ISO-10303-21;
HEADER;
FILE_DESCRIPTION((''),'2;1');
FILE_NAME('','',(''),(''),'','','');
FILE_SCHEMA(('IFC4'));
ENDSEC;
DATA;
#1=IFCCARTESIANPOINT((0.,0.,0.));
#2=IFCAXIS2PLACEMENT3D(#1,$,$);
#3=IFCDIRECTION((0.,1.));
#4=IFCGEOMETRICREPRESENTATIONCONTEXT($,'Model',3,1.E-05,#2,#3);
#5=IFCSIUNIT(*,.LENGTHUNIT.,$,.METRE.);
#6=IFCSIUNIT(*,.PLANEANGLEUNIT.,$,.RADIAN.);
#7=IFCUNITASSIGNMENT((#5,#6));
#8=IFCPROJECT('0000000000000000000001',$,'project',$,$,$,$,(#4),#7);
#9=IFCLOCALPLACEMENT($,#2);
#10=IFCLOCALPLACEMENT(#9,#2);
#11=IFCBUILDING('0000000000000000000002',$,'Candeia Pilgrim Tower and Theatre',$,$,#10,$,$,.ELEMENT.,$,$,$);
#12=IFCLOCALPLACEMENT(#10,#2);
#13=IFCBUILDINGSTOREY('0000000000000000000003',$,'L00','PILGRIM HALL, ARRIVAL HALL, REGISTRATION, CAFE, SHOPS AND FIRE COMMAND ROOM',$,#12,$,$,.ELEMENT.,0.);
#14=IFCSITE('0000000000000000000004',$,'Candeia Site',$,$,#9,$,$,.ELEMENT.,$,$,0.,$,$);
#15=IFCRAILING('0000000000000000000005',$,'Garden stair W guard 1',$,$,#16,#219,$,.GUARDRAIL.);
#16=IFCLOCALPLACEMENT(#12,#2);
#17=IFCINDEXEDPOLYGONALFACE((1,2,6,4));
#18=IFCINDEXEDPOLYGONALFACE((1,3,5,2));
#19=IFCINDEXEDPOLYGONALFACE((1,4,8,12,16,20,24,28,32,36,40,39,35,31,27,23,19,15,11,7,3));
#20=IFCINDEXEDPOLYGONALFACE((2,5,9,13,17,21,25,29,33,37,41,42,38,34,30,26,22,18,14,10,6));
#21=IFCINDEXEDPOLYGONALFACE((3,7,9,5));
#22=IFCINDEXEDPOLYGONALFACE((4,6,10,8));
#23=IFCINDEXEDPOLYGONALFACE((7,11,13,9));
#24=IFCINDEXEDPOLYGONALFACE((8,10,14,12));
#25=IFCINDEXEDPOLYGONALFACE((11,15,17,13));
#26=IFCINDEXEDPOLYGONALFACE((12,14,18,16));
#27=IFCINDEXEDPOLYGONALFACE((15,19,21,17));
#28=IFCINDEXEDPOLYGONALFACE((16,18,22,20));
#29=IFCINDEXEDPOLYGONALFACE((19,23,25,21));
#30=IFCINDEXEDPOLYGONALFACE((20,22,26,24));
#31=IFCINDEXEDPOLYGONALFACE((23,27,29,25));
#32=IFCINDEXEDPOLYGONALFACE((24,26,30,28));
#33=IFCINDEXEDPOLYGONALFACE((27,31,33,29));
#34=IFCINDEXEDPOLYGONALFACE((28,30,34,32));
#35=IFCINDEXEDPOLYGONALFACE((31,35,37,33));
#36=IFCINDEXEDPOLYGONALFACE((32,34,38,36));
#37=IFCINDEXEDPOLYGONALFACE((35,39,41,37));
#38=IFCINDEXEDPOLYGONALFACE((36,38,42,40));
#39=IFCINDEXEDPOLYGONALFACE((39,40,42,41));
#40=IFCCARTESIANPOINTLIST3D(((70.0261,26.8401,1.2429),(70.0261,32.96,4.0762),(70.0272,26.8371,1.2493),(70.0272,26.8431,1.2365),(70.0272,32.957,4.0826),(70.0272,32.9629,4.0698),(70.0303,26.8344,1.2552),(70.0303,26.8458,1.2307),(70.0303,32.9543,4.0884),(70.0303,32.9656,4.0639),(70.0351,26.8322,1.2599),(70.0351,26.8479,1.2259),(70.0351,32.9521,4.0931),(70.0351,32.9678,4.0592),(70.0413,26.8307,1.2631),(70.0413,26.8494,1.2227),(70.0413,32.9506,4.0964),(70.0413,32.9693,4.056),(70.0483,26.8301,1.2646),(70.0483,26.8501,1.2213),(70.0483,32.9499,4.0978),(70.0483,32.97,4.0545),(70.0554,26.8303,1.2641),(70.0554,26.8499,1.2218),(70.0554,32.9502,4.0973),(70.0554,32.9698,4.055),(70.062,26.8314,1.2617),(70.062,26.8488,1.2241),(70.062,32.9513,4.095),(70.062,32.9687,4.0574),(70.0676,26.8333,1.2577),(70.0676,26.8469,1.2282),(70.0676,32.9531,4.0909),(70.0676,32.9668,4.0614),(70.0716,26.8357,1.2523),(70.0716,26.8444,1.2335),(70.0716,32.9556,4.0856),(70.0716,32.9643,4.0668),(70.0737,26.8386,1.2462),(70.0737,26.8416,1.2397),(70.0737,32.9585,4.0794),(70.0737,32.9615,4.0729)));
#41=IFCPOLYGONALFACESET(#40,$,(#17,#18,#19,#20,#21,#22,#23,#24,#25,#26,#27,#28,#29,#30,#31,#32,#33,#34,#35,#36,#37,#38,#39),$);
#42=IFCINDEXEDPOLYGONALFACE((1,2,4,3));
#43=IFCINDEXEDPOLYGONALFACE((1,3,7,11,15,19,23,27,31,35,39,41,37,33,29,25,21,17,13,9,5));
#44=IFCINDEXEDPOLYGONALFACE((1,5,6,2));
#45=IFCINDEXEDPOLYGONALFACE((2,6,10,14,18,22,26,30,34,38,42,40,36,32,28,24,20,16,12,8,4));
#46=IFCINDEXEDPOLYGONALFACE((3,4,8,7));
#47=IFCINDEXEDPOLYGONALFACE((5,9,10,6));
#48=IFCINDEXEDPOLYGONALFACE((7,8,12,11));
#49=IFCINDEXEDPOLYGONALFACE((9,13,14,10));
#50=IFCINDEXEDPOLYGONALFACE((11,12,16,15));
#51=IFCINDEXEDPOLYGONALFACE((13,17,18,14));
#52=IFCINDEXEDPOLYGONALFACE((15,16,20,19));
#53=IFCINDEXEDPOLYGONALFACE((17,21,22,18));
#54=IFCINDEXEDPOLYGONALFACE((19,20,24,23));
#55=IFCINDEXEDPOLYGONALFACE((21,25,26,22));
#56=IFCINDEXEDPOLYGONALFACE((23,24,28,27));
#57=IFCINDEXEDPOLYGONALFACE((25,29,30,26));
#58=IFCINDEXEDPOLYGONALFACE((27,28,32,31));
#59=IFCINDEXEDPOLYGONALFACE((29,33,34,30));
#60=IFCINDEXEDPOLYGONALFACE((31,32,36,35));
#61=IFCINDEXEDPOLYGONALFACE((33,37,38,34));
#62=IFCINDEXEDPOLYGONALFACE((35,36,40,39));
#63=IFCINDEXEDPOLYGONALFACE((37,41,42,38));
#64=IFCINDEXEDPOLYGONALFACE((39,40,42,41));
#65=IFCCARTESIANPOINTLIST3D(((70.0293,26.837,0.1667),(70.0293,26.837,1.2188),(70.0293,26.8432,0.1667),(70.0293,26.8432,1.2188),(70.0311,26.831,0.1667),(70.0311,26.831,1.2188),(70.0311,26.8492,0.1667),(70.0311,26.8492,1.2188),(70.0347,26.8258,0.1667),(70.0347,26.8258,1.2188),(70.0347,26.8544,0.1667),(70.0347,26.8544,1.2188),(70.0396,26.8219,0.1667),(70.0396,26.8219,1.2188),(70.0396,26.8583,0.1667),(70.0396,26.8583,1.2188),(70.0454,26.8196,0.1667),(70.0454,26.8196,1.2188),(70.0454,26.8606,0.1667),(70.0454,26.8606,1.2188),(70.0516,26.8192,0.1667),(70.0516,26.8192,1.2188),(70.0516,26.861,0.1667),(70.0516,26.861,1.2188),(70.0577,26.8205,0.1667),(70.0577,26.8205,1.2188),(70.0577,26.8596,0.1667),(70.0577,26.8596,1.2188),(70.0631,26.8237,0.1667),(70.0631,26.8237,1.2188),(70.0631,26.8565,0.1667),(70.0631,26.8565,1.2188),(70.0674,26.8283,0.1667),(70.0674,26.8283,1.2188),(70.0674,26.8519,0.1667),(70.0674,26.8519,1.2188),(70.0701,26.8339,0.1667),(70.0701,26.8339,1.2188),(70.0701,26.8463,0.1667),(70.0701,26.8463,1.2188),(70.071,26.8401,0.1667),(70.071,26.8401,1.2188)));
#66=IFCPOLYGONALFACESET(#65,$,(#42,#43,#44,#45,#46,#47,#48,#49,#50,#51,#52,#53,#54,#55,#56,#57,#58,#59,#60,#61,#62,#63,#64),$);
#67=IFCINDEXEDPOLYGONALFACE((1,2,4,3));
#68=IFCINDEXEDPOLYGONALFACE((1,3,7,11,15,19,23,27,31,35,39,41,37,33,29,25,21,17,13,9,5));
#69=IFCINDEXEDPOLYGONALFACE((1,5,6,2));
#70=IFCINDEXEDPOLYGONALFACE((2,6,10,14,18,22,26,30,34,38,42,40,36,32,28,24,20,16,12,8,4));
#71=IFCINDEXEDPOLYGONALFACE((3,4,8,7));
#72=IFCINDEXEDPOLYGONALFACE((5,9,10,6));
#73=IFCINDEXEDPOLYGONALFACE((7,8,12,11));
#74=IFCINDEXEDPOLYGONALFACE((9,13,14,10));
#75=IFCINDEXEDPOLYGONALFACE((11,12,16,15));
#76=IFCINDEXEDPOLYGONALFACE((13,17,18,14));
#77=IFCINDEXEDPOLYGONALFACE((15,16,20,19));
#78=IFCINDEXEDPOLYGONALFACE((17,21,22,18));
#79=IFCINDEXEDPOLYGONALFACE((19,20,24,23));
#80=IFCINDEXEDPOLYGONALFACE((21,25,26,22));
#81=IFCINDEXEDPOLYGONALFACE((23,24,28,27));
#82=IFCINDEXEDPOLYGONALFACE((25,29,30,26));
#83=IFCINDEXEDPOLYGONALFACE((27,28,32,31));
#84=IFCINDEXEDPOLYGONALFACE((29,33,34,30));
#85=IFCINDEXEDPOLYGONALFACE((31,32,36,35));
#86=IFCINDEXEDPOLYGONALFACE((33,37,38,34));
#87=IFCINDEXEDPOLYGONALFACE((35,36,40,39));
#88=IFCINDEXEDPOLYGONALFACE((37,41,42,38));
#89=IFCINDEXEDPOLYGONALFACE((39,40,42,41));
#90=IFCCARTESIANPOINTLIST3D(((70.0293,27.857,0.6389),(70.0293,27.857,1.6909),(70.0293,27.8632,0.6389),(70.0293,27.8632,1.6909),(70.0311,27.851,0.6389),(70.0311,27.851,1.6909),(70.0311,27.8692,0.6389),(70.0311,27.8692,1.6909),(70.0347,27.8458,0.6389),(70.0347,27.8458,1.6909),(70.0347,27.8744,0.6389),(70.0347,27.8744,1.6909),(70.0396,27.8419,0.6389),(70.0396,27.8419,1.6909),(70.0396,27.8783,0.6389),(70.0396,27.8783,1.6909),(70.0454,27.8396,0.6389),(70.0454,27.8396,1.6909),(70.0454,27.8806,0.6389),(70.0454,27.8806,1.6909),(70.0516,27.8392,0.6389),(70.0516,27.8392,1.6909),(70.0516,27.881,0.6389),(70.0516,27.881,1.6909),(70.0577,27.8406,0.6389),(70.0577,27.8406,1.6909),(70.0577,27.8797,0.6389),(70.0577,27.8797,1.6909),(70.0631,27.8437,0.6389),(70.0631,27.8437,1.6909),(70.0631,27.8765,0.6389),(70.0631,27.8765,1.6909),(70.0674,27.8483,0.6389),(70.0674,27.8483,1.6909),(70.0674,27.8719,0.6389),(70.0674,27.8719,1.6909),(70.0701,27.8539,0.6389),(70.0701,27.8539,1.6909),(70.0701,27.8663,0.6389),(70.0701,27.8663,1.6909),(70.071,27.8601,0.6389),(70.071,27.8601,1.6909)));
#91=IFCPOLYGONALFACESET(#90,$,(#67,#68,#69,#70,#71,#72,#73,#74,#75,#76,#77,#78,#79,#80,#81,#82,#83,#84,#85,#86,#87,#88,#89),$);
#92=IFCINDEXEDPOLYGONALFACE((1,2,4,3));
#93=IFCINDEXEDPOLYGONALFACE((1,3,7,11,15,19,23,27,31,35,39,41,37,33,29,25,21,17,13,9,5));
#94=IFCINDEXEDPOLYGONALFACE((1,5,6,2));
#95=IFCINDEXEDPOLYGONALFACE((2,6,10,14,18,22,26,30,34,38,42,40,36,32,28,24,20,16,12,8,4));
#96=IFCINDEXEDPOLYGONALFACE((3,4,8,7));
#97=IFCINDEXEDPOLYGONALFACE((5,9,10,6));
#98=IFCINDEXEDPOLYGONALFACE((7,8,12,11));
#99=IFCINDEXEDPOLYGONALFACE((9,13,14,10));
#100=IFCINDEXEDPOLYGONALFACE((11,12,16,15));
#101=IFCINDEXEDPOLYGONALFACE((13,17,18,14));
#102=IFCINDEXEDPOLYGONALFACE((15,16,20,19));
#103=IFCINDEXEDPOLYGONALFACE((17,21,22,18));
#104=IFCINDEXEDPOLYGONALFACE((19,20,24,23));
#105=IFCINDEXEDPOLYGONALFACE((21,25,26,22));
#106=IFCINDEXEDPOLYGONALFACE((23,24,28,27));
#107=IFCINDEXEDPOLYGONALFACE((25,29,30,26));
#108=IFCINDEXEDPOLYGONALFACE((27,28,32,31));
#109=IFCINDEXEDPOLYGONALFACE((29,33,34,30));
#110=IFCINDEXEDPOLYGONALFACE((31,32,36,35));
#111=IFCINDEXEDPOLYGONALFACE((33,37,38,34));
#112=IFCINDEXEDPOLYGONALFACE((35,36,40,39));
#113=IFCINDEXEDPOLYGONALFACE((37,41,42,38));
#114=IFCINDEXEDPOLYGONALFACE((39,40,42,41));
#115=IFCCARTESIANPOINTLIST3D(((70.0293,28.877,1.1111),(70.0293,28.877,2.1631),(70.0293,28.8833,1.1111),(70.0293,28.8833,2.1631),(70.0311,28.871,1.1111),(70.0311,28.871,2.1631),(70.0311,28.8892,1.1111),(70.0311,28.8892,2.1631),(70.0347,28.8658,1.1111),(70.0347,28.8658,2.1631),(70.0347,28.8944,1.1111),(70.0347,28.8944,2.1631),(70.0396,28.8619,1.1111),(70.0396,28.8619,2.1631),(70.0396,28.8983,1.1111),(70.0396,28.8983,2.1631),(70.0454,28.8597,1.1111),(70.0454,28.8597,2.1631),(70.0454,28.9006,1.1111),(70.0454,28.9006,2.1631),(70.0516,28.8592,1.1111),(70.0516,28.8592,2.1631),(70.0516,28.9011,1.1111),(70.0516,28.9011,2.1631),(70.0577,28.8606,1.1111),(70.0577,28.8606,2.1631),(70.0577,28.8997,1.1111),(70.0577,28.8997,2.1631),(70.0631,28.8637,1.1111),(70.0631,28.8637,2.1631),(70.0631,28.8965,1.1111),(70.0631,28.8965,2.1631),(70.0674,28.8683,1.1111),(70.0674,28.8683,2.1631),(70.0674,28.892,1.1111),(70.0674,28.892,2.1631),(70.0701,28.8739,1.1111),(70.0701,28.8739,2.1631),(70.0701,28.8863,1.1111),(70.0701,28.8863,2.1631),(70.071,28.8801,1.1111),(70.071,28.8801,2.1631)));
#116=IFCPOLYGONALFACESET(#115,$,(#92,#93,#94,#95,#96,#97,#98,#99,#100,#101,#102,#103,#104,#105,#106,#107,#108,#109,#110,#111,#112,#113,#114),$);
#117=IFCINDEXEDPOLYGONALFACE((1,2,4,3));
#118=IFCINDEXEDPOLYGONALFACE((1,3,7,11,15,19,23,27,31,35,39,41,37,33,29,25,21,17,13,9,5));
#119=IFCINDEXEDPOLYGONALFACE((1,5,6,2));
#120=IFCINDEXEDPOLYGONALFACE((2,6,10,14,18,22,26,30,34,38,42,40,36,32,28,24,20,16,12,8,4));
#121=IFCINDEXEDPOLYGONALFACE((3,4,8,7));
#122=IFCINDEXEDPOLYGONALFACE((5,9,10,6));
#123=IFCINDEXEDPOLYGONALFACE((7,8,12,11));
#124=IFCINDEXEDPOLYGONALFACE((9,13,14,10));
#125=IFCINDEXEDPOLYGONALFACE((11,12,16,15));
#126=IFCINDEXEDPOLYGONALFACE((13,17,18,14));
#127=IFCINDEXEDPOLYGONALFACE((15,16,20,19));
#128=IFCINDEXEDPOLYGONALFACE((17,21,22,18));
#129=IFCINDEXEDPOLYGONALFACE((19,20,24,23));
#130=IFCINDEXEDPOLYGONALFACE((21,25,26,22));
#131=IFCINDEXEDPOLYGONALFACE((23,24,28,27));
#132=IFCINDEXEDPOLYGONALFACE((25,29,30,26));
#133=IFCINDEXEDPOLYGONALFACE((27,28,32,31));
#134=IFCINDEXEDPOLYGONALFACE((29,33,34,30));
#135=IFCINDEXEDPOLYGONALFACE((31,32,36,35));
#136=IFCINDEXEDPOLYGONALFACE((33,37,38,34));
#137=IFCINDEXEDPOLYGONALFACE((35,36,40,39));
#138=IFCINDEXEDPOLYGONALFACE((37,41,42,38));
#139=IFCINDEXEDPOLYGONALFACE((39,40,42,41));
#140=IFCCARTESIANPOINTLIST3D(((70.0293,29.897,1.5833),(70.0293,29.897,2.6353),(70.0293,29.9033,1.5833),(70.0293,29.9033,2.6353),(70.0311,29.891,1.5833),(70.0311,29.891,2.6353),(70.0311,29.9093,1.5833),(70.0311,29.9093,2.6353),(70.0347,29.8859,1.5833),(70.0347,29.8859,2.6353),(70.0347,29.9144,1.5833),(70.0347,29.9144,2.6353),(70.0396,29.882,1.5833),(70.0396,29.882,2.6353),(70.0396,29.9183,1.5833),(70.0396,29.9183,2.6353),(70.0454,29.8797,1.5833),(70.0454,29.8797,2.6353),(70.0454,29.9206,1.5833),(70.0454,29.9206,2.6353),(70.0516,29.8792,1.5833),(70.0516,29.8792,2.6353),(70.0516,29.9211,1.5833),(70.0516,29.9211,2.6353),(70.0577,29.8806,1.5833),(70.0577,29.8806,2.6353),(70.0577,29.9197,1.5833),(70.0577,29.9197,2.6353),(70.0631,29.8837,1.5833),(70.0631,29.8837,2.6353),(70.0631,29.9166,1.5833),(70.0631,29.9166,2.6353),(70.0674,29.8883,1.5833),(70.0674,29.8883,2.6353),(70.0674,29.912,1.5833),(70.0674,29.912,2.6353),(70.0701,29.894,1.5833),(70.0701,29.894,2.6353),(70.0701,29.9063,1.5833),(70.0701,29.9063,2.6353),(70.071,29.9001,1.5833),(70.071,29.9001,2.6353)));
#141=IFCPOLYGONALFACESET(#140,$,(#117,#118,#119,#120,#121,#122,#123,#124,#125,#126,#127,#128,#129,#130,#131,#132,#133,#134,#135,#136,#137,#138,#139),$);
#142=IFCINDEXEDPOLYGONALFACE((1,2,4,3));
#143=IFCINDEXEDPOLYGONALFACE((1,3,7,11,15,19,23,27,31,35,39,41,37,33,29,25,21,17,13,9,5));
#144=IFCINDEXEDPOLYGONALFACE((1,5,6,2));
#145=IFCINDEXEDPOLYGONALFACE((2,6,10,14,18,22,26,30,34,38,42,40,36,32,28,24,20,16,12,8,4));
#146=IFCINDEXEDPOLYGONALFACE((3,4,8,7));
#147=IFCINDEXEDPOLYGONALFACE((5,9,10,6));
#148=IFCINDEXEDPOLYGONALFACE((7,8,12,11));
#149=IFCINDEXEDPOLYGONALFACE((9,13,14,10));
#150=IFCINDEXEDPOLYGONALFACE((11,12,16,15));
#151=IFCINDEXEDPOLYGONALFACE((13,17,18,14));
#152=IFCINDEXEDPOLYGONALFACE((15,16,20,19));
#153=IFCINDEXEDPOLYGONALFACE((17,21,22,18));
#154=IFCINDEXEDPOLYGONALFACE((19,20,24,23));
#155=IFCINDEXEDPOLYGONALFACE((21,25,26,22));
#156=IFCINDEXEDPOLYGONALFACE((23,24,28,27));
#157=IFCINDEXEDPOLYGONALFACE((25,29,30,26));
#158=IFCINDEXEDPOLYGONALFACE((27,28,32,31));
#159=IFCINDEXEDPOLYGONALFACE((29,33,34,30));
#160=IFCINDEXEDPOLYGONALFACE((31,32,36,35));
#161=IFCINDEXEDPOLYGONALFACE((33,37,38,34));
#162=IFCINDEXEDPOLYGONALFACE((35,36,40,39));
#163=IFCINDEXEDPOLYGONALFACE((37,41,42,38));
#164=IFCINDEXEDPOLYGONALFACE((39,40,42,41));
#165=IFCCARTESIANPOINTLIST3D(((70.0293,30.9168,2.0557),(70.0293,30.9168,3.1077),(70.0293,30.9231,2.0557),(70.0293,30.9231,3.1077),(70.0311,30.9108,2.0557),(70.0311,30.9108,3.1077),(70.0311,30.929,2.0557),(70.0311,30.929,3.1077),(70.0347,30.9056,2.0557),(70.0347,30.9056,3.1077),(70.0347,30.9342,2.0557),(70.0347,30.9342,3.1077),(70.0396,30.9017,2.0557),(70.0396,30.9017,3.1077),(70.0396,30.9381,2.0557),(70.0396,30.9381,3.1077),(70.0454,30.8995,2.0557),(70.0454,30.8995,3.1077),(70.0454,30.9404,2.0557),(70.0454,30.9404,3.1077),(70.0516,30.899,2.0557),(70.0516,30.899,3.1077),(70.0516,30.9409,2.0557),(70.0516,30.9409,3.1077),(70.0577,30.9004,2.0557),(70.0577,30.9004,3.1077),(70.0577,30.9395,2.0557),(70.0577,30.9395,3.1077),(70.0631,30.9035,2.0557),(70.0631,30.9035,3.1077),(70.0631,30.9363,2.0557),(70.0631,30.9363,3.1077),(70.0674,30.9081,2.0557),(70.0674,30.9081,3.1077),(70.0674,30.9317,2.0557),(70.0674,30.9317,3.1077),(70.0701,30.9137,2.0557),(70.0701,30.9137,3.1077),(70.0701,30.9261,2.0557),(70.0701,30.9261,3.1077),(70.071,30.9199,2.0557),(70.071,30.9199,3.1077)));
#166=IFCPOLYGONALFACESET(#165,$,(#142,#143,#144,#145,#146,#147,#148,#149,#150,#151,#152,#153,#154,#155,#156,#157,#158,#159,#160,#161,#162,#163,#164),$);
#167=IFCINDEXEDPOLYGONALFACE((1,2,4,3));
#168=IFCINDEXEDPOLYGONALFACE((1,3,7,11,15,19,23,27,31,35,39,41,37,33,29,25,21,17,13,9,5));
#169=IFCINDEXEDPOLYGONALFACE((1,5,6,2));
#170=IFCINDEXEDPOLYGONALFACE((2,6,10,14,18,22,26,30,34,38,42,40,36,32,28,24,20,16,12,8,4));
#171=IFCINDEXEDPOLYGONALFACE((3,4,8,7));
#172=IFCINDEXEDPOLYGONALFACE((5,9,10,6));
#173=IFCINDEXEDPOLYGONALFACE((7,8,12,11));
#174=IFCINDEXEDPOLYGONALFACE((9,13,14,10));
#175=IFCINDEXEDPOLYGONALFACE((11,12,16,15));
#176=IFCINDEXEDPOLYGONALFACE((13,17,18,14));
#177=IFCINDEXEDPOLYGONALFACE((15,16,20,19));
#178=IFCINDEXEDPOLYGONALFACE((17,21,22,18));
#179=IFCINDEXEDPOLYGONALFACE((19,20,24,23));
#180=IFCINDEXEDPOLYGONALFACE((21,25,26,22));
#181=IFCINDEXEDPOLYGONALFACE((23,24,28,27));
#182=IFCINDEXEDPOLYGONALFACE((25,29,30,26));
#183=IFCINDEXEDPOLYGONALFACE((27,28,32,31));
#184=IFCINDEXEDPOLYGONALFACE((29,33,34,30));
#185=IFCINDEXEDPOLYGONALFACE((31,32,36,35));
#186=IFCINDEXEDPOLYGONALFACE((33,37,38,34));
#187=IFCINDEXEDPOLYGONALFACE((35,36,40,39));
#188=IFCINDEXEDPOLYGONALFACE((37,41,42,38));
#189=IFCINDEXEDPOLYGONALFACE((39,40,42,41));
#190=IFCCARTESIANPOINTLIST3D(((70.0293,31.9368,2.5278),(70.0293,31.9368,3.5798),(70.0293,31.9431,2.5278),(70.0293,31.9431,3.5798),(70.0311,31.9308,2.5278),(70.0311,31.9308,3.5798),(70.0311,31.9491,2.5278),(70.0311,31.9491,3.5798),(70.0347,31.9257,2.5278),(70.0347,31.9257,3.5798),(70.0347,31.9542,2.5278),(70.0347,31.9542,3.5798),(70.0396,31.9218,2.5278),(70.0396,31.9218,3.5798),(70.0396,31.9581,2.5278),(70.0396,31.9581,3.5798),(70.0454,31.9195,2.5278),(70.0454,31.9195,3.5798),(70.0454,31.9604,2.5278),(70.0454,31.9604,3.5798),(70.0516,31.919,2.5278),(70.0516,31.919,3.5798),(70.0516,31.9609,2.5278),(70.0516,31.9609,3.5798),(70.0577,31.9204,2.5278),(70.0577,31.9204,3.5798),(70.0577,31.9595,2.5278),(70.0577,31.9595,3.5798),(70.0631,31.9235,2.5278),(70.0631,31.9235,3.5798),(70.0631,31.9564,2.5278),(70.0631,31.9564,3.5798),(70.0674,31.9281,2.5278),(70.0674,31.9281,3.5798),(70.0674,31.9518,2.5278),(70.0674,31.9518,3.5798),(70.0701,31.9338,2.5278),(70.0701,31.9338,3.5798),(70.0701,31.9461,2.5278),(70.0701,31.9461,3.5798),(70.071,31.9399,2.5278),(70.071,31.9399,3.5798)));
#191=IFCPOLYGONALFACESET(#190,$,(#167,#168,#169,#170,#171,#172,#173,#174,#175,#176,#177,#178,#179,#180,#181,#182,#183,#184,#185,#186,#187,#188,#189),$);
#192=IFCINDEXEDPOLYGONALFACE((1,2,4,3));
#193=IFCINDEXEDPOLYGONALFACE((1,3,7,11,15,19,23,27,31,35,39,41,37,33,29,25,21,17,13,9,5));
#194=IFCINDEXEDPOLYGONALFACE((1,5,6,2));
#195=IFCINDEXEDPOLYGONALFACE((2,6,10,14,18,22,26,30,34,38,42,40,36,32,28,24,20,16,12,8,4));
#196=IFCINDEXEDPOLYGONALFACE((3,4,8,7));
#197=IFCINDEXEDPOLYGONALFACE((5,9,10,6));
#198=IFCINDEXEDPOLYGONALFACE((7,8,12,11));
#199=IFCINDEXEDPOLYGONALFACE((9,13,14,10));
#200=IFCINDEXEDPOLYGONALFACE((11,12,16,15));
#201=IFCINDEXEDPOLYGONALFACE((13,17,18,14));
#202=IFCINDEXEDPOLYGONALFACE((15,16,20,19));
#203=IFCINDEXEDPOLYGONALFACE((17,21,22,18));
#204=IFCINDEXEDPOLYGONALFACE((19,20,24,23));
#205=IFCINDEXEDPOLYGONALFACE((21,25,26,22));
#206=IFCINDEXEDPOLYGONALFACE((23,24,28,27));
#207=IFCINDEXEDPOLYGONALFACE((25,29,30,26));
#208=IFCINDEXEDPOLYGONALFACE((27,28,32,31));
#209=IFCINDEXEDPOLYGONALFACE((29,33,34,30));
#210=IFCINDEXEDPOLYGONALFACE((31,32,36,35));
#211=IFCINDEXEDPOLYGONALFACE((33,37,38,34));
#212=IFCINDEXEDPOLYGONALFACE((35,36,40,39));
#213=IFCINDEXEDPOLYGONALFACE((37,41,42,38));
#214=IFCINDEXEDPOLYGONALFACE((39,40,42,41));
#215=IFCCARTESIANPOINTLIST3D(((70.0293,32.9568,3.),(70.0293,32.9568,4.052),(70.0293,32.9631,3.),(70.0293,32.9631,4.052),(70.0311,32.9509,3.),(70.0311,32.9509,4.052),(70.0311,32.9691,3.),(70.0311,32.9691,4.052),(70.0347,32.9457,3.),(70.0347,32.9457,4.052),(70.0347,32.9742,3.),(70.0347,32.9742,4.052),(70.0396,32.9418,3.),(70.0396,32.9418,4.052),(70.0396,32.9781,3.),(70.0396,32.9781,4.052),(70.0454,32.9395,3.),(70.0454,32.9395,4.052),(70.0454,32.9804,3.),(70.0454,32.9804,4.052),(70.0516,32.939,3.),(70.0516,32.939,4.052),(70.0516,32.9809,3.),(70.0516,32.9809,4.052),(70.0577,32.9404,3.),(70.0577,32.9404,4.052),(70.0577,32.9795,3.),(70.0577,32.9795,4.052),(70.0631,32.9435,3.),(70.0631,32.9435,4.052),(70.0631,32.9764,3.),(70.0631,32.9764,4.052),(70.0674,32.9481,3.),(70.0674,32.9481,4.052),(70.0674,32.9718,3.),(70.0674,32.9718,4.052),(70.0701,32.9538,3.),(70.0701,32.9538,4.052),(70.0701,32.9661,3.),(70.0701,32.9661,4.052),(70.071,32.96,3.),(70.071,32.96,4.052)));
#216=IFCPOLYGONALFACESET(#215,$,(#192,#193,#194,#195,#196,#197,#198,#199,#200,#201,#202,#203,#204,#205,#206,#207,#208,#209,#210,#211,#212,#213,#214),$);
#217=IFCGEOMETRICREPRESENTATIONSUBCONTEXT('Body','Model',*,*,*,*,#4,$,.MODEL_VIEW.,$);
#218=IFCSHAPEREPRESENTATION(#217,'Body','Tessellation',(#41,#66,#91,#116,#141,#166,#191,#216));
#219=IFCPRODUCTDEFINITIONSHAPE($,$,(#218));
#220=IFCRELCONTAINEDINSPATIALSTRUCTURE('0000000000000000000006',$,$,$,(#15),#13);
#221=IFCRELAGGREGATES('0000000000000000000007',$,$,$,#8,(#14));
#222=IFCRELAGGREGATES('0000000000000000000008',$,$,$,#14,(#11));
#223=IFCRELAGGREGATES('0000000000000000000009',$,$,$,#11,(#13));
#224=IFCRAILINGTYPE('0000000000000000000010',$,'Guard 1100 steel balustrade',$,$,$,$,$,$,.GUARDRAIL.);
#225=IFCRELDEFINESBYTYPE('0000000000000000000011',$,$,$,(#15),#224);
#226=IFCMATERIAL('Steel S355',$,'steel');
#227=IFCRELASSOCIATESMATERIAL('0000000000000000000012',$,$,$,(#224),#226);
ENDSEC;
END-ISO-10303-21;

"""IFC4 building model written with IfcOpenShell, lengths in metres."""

from ifc_helpers import new_model, si_unit, direction, frame, origin, origin_2d, place, context, subcontext, project, spatial, circle, extrude, material, type_object, element, save


model = new_model("IFC4")

# Units and contexts
model_context = context("Model", 3, precision=1e-05, world=origin(), true_north=direction((0.0, 1.0)))
body_context = subcontext(model_context, "Body", "Model", "MODEL_VIEW")
ifc_project = project(units=[si_unit("LENGTHUNIT", "METRE"), si_unit("PLANEANGLEUNIT", "RADIAN")], contexts=[model_context])

# Site, building, storey
site_placement = place(None, origin())
site = spatial("IfcSite", under=ifc_project, at=site_placement, Name="Candeia Site", CompositionType="ELEMENT", RefElevation=0.0)
building_placement = place(site_placement, origin())
building = spatial("IfcBuilding", under=site, at=building_placement, Name="Candeia Pilgrim Tower and Theatre", CompositionType="ELEMENT")
storey_placement = place(building_placement, origin())
storey = spatial("IfcBuildingStorey", under=building, at=storey_placement, Name="L00", Description="PILGRIM HALL, ARRIVAL HALL, REGISTRATION, CAFE, SHOPS AND FIRE COMMAND ROOM", CompositionType="ELEMENT", Elevation=0.0)

# Railing
ifc_material_1 = material(Name="Steel S355", Category="steel")
railing_type_1 = type_object("IfcRailingType", Name="Guard 1100 steel balustrade", PredefinedType="GUARDRAIL", material=ifc_material_1)
railing_1_placement = place(storey_placement, frame((70.05, 26.8401, 0.1667)))
element("IfcRailing", 1, at=railing_1_placement, inside=storey, type_object=railing_type_1, Name="Garden stair W guard 1", PredefinedType="GUARDRAIL", context=body_context, shape_type="SweptSolid", body=[
    extrude(circle(Radius=0.0239, at=origin_2d()), frame((0.0, 0.0, 1.0762), z_axis=(0.0, 0.907468, 0.420121), x_axis=(-1.0, 0.0, 0.0)), (0.0, 0.0, 1.0), 6.7439),
    extrude(circle(Radius=0.021, at=origin_2d()), origin(), (0.0, 0.0, 1.0), 1.052),
    extrude(circle(Radius=0.021, at=origin_2d()), frame((0.0, 1.02, 0.4722)), (0.0, 0.0, 1.0), 1.052),
    extrude(circle(Radius=0.021, at=origin_2d()), frame((0.0, 2.04, 0.9443)), (0.0, 0.0, 1.0), 1.052),
    extrude(circle(Radius=0.021, at=origin_2d()), frame((0.0, 3.0601, 1.4165)), (0.0, 0.0, 1.0), 1.052),
    extrude(circle(Radius=0.021, at=origin_2d()), frame((0.0, 4.0798, 1.8889)), (0.0, 0.0, 1.0), 1.052),
    extrude(circle(Radius=0.021, at=origin_2d()), frame((0.0, 5.0999, 2.3611)), (0.0, 0.0, 1.0), 1.052),
    extrude(circle(Radius=0.021, at=origin_2d()), frame((0.0, 6.1199, 2.8333)), (0.0, 0.0, 1.0), 1.052),
])

save(model, "model.ifc")
